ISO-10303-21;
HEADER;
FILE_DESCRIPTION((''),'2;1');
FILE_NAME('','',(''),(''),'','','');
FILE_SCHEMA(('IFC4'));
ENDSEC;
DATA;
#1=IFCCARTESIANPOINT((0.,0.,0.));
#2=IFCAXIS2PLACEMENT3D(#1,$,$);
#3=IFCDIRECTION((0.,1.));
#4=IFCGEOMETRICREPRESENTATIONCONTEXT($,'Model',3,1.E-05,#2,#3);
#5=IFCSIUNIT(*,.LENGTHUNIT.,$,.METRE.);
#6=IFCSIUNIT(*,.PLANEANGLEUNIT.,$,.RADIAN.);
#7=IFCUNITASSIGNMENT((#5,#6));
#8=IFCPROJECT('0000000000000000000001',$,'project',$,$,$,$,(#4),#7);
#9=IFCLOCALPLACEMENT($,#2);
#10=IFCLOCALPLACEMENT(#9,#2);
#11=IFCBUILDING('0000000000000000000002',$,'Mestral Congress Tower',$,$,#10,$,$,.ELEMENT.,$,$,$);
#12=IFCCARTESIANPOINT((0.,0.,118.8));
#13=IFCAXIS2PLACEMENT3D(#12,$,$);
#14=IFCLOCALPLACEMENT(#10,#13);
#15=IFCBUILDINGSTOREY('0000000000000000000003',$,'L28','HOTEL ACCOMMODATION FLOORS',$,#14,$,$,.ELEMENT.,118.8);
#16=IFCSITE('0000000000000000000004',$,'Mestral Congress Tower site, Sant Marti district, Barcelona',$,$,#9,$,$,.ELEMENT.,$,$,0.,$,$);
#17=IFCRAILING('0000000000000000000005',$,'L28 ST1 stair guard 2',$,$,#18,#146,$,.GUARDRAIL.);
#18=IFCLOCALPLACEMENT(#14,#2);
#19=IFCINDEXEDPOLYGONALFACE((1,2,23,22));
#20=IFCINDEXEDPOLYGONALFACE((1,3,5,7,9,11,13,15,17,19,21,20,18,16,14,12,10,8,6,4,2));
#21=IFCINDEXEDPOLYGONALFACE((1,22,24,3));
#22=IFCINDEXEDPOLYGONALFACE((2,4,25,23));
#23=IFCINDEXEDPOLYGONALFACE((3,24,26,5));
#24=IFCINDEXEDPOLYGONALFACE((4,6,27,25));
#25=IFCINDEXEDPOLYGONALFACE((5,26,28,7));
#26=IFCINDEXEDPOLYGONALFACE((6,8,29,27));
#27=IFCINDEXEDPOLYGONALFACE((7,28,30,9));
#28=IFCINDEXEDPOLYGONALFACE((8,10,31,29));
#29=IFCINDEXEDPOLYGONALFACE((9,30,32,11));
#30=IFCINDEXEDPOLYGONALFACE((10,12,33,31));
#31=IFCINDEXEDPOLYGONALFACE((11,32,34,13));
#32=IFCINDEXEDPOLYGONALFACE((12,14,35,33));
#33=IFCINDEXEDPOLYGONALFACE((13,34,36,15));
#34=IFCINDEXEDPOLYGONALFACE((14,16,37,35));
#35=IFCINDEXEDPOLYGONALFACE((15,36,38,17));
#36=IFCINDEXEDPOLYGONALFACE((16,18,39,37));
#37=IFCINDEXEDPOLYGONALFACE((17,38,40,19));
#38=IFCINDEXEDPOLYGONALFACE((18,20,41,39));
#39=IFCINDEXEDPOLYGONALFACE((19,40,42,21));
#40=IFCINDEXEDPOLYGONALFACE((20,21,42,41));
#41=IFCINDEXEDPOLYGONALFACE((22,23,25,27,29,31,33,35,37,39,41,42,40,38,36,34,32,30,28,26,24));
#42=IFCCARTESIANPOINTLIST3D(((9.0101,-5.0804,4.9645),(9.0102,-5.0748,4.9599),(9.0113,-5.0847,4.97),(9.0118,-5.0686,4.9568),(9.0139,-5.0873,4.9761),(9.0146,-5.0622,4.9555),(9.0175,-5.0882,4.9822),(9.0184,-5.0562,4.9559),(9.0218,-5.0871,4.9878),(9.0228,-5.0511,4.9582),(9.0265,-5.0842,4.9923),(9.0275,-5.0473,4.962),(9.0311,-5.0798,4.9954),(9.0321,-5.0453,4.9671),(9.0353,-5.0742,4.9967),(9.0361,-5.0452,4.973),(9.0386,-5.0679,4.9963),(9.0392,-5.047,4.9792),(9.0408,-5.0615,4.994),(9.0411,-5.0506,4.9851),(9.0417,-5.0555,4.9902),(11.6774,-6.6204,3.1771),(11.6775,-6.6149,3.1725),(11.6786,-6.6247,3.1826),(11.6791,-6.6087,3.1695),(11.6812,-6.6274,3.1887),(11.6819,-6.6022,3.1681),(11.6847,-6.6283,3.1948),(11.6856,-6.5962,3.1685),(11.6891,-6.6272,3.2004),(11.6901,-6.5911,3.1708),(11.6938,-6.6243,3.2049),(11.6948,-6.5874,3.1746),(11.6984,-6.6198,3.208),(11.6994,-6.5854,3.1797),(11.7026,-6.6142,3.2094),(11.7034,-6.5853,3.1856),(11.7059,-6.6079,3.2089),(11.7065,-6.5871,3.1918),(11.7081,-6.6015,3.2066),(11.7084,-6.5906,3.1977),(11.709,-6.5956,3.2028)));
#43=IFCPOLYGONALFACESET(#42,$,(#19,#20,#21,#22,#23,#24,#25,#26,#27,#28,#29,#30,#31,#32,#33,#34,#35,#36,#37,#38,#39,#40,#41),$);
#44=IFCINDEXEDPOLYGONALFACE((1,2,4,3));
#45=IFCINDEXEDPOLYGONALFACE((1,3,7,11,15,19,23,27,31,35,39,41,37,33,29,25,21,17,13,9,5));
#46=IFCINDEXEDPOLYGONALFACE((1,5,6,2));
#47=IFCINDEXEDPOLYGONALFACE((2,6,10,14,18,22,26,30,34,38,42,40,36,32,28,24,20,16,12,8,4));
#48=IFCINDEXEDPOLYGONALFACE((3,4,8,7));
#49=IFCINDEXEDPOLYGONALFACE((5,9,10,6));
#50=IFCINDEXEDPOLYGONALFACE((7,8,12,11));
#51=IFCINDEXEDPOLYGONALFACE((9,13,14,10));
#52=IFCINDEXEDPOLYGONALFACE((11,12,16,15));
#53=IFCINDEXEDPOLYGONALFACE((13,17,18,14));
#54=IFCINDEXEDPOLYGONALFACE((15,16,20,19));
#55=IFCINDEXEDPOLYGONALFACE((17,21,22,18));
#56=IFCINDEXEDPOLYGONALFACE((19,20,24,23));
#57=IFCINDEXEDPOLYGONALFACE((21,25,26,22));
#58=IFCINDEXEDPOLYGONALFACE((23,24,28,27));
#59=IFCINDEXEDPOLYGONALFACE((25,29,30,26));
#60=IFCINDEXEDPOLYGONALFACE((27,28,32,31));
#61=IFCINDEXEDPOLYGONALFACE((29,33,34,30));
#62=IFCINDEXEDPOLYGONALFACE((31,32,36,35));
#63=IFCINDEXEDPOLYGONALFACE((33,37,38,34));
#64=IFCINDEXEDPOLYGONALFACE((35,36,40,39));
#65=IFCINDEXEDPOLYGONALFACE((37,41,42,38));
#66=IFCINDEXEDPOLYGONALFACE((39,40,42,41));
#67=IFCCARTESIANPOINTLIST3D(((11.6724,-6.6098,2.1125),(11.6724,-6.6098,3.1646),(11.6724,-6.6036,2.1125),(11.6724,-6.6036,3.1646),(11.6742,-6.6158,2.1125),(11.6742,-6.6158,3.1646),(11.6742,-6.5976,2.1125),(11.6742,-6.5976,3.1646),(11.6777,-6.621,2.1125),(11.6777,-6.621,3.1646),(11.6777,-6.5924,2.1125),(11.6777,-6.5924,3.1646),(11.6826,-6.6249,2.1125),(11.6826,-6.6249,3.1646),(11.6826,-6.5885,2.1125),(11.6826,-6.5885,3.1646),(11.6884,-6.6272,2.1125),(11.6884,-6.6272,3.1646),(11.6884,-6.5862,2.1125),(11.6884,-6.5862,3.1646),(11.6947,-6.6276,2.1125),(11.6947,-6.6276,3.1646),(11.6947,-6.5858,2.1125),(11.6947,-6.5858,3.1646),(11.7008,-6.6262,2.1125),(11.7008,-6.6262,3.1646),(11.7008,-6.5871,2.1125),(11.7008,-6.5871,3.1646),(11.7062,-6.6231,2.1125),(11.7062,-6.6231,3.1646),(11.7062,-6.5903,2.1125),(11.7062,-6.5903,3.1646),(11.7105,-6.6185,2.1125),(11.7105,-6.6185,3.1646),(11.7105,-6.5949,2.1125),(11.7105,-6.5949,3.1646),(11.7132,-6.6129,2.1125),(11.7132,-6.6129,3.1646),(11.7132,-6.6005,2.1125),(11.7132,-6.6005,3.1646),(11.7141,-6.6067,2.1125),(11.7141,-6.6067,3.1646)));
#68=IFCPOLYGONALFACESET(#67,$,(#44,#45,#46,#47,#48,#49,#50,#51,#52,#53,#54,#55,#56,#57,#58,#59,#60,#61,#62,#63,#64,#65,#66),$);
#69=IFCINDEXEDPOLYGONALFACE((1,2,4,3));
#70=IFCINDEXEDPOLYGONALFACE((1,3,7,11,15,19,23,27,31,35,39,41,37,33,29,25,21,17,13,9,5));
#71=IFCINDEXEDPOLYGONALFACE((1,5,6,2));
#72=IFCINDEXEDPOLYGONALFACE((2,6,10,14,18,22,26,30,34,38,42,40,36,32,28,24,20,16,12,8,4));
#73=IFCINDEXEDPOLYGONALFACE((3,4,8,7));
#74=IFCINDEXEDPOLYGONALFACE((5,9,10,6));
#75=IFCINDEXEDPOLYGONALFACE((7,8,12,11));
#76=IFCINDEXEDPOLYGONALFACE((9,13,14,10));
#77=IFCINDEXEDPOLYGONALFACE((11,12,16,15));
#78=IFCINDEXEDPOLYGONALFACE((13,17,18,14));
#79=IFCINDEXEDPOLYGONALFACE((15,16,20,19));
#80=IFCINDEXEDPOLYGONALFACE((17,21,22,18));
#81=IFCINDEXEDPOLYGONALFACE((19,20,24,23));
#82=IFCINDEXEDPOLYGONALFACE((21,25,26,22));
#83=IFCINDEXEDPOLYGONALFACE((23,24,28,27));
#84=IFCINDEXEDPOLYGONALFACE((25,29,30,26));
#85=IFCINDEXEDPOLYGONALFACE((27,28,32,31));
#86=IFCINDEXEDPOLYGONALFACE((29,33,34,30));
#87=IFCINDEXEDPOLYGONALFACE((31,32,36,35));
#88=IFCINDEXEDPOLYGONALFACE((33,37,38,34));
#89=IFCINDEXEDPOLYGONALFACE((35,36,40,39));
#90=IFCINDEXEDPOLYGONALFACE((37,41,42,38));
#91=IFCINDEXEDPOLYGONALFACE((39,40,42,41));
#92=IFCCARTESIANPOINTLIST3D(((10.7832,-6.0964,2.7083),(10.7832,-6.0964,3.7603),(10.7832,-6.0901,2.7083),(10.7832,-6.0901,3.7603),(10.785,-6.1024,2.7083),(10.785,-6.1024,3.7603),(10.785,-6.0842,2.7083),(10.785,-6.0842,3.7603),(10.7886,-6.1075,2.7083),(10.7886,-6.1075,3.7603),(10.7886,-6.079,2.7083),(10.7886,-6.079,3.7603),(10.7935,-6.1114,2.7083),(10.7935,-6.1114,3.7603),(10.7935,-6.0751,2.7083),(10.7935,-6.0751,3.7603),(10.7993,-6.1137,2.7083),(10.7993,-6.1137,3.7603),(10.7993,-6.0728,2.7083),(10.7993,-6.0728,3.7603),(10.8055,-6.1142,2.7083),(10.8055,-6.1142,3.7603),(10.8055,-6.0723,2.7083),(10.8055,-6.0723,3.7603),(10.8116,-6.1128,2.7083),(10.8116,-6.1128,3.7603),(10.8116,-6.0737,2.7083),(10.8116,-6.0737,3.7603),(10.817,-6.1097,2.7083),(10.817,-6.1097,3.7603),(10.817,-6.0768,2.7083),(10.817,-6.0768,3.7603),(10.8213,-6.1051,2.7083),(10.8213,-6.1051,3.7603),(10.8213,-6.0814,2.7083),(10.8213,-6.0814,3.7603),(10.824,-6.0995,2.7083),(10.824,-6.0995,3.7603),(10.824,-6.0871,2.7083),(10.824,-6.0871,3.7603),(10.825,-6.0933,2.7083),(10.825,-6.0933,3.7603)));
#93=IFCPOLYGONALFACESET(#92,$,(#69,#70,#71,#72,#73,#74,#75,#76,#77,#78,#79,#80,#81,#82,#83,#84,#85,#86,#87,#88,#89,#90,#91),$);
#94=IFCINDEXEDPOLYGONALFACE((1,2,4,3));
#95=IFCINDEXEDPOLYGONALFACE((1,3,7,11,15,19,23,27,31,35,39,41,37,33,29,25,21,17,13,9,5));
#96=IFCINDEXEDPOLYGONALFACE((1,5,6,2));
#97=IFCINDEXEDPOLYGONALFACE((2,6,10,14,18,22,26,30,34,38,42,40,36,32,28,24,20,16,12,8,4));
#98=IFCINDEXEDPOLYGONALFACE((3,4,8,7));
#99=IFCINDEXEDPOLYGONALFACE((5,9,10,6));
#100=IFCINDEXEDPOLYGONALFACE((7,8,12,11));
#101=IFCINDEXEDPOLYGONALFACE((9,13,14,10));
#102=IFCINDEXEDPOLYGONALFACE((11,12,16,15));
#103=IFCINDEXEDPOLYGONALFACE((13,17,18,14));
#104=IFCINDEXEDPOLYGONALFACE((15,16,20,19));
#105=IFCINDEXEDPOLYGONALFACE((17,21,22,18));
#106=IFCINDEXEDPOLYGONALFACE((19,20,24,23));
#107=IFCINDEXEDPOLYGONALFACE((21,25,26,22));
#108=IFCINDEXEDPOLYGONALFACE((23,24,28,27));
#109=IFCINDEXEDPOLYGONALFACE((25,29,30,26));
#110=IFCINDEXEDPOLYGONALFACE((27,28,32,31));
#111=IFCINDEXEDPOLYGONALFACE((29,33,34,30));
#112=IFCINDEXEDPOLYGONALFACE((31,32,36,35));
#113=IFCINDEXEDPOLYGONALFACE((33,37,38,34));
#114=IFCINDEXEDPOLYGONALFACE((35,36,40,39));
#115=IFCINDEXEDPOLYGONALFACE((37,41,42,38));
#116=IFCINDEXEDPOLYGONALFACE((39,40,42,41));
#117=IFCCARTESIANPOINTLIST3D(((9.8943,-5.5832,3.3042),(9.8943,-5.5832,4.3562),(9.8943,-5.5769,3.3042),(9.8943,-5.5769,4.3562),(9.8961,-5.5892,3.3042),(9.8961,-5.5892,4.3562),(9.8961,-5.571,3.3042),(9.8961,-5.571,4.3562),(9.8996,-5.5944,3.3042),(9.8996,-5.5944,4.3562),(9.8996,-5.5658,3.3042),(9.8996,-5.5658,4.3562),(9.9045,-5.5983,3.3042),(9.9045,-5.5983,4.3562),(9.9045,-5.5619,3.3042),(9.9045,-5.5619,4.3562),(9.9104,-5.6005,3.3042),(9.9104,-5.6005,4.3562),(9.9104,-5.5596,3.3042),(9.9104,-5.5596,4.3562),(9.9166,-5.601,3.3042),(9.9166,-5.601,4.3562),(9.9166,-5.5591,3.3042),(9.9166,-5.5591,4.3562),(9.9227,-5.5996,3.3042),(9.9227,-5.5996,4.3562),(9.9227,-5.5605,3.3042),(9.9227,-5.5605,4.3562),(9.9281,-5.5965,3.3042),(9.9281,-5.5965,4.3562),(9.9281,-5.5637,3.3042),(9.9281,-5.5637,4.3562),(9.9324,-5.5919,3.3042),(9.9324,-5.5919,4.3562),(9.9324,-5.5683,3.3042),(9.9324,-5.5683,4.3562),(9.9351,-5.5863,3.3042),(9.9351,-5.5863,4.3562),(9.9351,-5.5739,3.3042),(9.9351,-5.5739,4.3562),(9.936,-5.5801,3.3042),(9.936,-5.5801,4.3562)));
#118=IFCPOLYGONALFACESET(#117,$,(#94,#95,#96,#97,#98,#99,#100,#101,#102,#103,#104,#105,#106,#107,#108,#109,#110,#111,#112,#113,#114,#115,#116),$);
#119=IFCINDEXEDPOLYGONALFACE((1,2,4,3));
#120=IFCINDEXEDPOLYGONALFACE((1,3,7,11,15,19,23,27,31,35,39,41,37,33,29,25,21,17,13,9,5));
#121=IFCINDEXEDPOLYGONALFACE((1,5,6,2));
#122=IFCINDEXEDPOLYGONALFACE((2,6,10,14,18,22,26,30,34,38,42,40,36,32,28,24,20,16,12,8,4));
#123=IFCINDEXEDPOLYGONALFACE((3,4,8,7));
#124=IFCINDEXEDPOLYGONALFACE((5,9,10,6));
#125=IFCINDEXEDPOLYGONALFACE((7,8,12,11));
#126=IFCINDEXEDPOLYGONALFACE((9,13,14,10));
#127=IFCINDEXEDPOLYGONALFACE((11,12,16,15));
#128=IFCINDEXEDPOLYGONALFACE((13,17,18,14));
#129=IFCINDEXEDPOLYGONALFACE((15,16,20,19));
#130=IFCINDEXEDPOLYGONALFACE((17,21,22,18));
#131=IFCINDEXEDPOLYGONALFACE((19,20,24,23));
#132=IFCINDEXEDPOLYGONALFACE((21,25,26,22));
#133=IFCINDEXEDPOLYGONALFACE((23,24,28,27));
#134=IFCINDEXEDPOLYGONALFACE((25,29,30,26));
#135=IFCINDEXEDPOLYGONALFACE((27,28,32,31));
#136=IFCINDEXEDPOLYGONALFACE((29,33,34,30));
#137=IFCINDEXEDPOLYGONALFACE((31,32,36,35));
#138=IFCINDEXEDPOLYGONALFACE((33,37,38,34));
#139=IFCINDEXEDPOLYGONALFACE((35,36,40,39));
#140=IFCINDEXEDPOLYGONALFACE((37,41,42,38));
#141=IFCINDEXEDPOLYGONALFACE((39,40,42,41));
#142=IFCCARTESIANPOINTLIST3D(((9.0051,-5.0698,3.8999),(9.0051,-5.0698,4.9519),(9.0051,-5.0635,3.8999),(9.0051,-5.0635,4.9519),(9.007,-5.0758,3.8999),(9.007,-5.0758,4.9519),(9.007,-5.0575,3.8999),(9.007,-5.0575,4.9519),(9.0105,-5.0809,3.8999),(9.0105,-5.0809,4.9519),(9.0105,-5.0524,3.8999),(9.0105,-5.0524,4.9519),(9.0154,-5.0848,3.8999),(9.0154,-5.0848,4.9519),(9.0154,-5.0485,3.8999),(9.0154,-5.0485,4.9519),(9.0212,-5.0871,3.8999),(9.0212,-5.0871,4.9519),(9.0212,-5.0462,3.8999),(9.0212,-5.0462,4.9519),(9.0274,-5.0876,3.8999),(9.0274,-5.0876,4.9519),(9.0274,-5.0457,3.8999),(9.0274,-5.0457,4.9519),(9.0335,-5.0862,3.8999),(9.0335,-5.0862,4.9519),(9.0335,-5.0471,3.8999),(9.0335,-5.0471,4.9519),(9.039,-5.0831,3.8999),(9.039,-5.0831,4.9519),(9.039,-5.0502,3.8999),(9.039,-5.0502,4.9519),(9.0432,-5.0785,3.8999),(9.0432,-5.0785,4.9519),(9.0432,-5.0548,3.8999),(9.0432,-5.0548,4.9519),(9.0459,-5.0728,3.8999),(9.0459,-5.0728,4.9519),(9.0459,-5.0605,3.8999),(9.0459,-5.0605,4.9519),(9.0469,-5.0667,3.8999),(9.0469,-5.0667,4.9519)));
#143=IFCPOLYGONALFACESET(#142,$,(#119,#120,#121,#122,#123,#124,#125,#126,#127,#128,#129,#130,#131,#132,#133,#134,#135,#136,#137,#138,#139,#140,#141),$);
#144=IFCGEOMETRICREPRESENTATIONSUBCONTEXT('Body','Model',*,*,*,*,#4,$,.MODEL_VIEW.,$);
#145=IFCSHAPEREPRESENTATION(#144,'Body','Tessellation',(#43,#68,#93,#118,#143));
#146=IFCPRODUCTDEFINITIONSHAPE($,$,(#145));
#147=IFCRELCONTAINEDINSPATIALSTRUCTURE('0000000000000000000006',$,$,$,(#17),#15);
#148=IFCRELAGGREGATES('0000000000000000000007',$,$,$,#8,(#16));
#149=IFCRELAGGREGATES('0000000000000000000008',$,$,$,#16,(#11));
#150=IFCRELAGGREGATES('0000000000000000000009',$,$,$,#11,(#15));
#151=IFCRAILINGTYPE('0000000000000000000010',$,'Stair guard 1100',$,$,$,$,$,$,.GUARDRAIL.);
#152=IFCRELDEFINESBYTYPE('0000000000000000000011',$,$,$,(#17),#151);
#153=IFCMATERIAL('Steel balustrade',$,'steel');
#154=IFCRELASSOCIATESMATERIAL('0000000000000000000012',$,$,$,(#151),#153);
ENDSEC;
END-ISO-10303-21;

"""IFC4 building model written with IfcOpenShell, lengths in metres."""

from ifc_helpers import new_model, si_unit, direction, frame, origin, origin_2d, place, context, subcontext, project, spatial, circle, extrude, material, type_object, element, save


model = new_model("IFC4")

# Units and contexts
model_context = context("Model", 3, precision=1e-05, world=origin(), true_north=direction((0.0, 1.0)))
body_context = subcontext(model_context, "Body", "Model", "MODEL_VIEW")
ifc_project = project(units=[si_unit("LENGTHUNIT", "METRE"), si_unit("PLANEANGLEUNIT", "RADIAN")], contexts=[model_context])

# Site, building, storey
site_placement = place(None, origin())
site = spatial("IfcSite", under=ifc_project, at=site_placement, Name="Mestral Congress Tower site, Sant Marti district, Barcelona", CompositionType="ELEMENT", RefElevation=0.0)
building_placement = place(site_placement, origin())
building = spatial("IfcBuilding", under=site, at=building_placement, Name="Mestral Congress Tower", CompositionType="ELEMENT")
storey_placement = place(building_placement, frame((0.0, 0.0, 118.8)))
storey = spatial("IfcBuildingStorey", under=building, at=storey_placement, Name="L28", Description="HOTEL ACCOMMODATION FLOORS", CompositionType="ELEMENT", Elevation=118.8)

# Railing
ifc_material_1 = material(Name="Steel balustrade", Category="steel")
railing_type_1 = type_object("IfcRailingType", Name="Stair guard 1100", PredefinedType="GUARDRAIL", material=ifc_material_1)
railing_1_placement = place(storey_placement, frame((11.6931, -6.6067, 2.1125)))
element("IfcRailing", 1, at=railing_1_placement, inside=storey, type_object=railing_type_1, Name="L28 ST1 stair guard 2", PredefinedType="GUARDRAIL", context=body_context, shape_type="SweptSolid", body=[
    extrude(circle(Radius=0.0239, at=origin_2d()), frame((0.0, 0.0, 1.0762), z_axis=(-0.74902, 0.432477, 0.501929), x_axis=(-0.500027, -0.86601, 0.0)), (0.0, 0.0, 1.0), 3.561),
    extrude(circle(Radius=0.021, at=origin_2d()), origin(), (0.0, 0.0, 1.0), 1.052),
    extrude(circle(Radius=0.021, at=origin_2d()), frame((-0.8892, 0.5134, 0.5957)), (0.0, 0.0, 1.0), 1.052),
    extrude(circle(Radius=0.021, at=origin_2d()), frame((-1.7781, 1.0266, 1.1917)), (0.0, 0.0, 1.0), 1.052),
    extrude(circle(Radius=0.021, at=origin_2d()), frame((-2.6672, 1.54, 1.7874)), (0.0, 0.0, 1.0), 1.052),
])

save(model, "model.ifc")
